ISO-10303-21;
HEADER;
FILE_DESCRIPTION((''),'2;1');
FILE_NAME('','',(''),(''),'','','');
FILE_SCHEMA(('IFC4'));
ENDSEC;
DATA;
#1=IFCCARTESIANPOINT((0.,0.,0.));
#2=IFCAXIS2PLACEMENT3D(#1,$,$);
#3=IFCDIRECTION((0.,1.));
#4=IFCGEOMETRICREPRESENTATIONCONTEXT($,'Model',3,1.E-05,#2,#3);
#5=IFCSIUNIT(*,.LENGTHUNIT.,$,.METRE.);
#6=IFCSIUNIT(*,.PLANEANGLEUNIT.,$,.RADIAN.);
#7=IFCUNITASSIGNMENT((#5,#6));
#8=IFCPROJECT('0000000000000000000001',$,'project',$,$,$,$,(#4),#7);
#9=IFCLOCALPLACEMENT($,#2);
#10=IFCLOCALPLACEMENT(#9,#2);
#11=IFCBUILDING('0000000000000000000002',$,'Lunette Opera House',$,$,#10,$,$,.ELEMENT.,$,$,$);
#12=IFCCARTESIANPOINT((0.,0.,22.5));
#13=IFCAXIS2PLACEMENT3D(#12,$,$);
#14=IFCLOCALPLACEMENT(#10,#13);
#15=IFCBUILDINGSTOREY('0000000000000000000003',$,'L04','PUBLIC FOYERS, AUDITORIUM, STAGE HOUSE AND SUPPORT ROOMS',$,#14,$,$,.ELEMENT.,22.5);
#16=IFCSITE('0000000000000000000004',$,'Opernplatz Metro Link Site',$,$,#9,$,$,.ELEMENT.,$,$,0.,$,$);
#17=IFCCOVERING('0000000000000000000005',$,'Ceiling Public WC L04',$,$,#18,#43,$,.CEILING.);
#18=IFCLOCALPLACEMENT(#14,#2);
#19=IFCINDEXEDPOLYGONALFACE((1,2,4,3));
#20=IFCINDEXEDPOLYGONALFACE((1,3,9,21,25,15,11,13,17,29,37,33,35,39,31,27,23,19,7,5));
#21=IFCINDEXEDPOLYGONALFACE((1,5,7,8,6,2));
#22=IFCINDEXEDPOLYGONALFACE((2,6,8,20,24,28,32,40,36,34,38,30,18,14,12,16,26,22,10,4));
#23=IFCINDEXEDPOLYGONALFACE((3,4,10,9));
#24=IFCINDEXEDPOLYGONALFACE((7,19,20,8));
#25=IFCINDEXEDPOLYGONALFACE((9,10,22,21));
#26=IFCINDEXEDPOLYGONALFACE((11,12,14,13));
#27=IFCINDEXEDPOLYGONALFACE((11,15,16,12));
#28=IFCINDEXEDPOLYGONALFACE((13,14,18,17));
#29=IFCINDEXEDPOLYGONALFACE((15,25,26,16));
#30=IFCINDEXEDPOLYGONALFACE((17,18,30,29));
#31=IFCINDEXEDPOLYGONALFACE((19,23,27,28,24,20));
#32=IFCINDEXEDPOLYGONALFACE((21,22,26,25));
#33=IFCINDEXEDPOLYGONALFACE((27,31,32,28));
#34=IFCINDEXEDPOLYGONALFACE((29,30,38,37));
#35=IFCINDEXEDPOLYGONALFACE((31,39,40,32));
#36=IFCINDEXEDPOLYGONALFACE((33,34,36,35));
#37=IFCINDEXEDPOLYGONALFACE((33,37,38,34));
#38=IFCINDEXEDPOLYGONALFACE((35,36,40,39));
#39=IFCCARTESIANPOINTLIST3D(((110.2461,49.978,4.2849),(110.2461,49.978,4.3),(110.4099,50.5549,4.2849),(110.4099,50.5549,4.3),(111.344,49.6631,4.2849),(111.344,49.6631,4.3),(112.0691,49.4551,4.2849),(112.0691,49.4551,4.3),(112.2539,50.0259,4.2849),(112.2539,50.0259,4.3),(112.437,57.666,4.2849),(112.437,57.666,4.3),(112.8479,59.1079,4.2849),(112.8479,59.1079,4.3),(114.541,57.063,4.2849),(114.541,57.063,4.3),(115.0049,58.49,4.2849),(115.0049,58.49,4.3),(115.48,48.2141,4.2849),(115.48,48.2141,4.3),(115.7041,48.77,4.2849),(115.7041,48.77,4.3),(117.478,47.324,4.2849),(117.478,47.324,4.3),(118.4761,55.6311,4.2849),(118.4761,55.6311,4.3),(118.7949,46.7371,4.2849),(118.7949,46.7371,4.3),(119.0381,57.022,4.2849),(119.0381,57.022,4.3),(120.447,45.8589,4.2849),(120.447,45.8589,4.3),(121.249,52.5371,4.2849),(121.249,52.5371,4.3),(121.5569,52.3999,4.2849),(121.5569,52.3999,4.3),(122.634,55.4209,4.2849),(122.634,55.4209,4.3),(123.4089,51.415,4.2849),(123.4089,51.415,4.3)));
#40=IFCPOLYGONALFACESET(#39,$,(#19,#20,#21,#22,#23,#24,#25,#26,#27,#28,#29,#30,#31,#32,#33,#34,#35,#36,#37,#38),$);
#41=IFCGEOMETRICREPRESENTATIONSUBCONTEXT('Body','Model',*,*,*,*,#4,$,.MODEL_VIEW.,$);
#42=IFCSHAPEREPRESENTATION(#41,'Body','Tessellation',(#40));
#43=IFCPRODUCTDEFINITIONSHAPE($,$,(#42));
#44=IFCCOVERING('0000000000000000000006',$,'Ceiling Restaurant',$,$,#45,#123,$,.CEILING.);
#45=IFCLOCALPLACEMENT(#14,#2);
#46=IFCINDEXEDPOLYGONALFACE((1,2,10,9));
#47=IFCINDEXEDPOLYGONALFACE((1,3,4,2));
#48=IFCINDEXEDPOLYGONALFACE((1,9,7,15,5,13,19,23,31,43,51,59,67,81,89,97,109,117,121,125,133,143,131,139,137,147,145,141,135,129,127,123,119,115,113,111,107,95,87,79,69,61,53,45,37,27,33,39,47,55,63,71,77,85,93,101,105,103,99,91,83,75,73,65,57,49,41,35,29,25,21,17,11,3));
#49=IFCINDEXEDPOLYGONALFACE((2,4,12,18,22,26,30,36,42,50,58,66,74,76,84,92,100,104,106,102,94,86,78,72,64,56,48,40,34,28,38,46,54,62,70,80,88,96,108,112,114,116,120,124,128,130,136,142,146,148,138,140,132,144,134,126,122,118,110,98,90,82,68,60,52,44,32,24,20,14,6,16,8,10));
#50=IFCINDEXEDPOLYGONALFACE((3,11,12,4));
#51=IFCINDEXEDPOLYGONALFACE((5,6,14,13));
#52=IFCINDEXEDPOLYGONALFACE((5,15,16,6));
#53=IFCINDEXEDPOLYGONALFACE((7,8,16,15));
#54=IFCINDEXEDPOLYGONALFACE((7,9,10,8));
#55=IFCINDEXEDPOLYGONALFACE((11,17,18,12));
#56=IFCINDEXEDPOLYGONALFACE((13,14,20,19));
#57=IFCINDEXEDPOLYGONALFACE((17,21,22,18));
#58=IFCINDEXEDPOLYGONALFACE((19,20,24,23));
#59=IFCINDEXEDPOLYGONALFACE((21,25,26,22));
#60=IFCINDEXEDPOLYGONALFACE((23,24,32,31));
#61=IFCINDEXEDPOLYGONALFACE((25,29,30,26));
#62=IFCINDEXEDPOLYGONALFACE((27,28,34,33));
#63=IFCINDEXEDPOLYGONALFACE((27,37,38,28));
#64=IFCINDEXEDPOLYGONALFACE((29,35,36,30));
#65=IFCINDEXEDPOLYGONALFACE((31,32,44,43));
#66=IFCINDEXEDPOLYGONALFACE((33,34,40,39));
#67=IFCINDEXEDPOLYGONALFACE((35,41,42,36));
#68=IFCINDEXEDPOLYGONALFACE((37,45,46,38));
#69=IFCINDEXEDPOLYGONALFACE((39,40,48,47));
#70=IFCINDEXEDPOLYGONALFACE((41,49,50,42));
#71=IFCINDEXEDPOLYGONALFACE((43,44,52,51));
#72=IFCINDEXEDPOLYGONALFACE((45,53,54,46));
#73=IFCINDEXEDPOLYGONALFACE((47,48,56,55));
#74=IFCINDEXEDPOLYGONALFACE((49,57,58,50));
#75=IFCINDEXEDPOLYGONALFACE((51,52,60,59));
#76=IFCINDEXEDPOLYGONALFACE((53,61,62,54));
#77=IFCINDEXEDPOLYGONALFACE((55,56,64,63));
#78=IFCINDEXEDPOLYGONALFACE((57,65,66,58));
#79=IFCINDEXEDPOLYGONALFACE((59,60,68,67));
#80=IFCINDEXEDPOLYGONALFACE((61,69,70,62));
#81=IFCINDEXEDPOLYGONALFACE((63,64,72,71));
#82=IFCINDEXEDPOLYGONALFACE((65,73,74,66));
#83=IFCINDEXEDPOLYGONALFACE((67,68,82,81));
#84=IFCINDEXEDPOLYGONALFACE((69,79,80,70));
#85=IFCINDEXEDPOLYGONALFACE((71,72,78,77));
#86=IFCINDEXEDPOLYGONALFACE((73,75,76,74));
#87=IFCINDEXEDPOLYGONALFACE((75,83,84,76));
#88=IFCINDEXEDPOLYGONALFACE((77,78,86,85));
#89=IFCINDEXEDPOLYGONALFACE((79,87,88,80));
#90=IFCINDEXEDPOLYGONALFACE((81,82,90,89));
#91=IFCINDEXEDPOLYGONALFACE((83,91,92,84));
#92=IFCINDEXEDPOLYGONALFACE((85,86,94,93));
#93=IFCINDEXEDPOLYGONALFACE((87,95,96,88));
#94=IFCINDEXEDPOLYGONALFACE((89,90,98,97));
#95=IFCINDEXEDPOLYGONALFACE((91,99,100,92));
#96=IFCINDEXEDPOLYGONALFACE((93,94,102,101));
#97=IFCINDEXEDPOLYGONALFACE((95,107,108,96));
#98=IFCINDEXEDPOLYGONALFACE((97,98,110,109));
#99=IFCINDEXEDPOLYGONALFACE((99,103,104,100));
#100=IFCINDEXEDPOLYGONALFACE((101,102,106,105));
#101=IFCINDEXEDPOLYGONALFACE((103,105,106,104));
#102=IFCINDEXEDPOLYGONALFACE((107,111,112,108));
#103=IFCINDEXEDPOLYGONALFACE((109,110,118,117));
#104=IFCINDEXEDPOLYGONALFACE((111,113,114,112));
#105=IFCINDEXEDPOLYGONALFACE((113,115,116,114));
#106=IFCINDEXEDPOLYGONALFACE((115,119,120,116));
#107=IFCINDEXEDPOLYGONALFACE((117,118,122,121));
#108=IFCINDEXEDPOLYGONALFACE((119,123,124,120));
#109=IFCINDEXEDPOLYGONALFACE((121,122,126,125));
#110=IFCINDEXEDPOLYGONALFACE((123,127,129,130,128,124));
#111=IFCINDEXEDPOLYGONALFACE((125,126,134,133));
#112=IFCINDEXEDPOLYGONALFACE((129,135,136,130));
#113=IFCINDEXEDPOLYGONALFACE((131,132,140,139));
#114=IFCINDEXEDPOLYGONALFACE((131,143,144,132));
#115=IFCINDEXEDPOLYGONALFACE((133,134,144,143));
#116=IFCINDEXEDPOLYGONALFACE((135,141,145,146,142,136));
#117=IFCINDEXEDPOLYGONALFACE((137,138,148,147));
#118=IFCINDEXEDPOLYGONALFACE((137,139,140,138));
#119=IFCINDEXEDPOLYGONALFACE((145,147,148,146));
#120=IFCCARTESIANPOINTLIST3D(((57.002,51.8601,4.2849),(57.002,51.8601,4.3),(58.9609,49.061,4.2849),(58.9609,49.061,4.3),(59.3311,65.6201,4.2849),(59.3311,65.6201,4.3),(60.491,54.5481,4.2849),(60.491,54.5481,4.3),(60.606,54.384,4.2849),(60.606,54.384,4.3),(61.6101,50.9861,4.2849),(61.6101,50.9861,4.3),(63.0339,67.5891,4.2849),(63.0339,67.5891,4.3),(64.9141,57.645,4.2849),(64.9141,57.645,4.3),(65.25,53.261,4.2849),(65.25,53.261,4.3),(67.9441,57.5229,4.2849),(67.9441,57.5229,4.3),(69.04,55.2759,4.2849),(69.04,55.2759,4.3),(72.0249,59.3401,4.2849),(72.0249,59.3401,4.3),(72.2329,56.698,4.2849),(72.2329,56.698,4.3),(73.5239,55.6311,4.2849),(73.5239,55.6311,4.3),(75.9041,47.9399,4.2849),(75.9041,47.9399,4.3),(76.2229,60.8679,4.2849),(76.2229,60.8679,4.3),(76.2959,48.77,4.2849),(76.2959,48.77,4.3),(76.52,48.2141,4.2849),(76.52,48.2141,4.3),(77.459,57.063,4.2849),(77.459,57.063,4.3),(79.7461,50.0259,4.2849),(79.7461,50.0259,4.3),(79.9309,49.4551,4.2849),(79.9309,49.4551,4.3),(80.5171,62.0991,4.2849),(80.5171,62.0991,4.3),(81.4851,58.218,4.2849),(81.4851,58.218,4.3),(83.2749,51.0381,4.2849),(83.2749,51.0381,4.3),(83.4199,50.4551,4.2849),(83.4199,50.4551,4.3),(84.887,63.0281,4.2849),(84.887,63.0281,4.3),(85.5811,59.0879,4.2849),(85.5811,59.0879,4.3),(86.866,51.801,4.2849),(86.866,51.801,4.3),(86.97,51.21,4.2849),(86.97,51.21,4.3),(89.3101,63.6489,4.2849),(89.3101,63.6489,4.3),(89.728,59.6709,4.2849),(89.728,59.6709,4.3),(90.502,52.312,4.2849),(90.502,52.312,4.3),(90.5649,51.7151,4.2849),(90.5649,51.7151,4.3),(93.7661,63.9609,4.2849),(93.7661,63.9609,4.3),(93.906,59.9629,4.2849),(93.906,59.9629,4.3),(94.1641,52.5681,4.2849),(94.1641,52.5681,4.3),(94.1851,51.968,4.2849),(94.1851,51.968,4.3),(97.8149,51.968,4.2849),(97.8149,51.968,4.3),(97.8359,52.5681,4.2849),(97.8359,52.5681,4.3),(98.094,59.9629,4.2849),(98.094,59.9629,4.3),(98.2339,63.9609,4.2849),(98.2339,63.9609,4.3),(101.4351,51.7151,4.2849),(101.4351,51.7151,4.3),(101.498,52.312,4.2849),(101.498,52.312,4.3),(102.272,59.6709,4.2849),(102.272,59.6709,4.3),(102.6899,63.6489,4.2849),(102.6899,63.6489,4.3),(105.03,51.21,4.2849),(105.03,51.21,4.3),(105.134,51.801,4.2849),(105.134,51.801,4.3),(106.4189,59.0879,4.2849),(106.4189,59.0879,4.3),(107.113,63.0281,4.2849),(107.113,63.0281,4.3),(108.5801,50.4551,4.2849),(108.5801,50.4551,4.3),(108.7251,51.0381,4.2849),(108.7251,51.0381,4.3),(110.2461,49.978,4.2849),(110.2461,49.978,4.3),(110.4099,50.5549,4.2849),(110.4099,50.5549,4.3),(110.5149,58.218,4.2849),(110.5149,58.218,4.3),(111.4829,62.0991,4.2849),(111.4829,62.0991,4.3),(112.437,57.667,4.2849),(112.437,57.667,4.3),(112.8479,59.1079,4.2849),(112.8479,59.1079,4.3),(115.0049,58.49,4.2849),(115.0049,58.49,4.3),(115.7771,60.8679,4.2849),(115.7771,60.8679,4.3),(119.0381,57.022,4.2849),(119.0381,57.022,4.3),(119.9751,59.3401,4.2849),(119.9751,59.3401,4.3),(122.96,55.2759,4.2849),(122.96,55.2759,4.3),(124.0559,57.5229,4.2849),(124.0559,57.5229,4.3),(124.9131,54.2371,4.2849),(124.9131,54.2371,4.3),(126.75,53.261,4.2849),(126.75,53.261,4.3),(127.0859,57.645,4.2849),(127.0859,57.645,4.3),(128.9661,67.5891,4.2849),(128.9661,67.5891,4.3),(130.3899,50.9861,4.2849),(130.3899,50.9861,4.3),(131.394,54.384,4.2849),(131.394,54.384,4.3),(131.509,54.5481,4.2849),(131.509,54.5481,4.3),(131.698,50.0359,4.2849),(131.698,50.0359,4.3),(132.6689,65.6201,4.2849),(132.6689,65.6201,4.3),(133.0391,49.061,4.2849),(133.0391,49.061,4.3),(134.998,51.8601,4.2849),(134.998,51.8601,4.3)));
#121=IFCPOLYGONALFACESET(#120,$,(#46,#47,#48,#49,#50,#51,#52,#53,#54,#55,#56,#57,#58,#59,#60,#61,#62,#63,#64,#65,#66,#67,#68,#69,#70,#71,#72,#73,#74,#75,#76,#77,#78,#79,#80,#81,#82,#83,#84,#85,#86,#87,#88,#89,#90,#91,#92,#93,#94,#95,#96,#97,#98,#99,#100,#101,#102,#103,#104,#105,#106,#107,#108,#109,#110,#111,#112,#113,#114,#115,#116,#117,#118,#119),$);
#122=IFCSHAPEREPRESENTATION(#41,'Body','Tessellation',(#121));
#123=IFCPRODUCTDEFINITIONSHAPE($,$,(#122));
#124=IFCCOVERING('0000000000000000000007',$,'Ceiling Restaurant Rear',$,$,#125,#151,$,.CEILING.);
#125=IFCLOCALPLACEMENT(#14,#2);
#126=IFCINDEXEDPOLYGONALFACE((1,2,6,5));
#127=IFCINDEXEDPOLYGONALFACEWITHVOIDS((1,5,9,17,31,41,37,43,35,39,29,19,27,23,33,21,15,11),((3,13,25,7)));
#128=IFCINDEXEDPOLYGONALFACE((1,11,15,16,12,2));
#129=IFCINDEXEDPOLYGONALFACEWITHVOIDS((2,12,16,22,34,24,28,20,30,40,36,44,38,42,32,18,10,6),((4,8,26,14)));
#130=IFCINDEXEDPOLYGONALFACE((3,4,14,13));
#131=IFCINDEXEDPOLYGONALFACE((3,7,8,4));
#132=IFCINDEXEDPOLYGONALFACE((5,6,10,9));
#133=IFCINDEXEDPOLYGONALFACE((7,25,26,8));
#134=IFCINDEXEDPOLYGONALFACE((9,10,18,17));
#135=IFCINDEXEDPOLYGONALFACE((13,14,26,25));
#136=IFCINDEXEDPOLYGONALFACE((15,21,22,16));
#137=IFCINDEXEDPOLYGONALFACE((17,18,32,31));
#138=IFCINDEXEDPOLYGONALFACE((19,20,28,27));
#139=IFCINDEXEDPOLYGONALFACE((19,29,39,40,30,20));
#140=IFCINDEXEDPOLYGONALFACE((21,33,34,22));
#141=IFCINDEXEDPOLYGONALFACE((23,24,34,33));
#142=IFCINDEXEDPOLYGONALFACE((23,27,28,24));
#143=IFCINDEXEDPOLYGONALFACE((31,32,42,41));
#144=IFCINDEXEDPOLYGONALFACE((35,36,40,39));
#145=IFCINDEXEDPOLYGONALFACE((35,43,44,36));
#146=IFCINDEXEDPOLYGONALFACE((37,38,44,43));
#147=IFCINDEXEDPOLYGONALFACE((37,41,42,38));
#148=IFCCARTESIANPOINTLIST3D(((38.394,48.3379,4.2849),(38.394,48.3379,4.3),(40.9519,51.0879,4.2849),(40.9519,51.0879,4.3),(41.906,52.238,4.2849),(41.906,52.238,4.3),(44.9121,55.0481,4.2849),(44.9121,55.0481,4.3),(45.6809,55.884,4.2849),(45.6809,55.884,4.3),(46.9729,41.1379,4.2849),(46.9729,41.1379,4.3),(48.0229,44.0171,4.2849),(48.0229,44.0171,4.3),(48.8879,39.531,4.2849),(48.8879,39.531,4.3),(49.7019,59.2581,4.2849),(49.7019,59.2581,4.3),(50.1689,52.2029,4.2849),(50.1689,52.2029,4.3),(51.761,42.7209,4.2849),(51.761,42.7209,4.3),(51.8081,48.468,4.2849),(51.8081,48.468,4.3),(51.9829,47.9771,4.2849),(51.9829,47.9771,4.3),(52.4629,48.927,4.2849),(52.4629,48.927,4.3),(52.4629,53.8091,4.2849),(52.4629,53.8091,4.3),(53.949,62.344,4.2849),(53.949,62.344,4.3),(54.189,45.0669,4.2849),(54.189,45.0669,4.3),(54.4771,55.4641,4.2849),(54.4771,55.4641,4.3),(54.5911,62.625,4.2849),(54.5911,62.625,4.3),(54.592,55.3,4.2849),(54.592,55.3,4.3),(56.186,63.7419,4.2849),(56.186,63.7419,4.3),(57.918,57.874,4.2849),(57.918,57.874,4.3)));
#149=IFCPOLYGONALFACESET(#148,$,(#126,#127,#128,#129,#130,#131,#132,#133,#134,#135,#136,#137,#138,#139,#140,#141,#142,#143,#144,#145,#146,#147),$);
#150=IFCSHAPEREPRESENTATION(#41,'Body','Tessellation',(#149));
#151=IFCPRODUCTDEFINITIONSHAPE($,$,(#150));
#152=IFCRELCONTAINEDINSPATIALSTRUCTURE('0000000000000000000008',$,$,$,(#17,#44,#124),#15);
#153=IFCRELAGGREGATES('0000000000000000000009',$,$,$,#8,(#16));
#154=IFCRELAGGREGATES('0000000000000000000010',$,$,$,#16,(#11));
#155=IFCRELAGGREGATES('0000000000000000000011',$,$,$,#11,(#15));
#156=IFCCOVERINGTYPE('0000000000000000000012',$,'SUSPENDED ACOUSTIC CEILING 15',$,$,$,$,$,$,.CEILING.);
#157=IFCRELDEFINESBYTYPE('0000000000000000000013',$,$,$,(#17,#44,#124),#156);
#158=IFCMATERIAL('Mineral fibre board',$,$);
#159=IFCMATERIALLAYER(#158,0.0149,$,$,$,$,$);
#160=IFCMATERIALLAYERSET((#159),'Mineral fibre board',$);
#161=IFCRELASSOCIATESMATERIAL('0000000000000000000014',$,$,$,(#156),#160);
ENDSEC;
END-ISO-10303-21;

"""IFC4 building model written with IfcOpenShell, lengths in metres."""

from ifc_helpers import new_model, si_unit, direction, frame, origin, place, context, subcontext, project, spatial, polyline, outline, extrude, material, layer, layer_set, type_object, element, save


model = new_model("IFC4")

# Units and contexts
model_context = context("Model", 3, precision=1e-05, world=origin(), true_north=direction((0.0, 1.0)))
body_context = subcontext(model_context, "Body", "Model", "MODEL_VIEW")
ifc_project = project(units=[si_unit("LENGTHUNIT", "METRE"), si_unit("PLANEANGLEUNIT", "RADIAN")], contexts=[model_context])

# Site, building, storey
site_placement = place(None, origin())
site = spatial("IfcSite", under=ifc_project, at=site_placement, Name="Opernplatz Metro Link Site", CompositionType="ELEMENT", RefElevation=0.0)
building_placement = place(site_placement, origin())
building = spatial("IfcBuilding", under=site, at=building_placement, Name="Lunette Opera House", CompositionType="ELEMENT")
storey_placement = place(building_placement, frame((0.0, 0.0, 22.5)))
storey = spatial("IfcBuildingStorey", under=building, at=storey_placement, Name="L04", Description="PUBLIC FOYERS, AUDITORIUM, STAGE HOUSE AND SUPPORT ROOMS", CompositionType="ELEMENT", Elevation=22.5)

# Coverings
ifc_material_1 = material(Name="Mineral fibre board")
ifc_layer_1 = layer(ifc_material_1, 0.0149)
ifc_layer_set_1 = layer_set([ifc_layer_1], Name="Mineral fibre board")
covering_type_1 = type_object("IfcCoveringType", Name="SUSPENDED ACOUSTIC CEILING 15", PredefinedType="CEILING", material=ifc_layer_set_1)
covering_1_placement = place(storey_placement, frame((0.0, 0.0, 4.2849)))
element("IfcCovering", 1, at=covering_1_placement, inside=storey, type_object=covering_type_1, Name="Ceiling Public WC L04", PredefinedType="CEILING", context=body_context, shape_type="SweptSolid", body=[
    extrude(outline(polyline([(112.0691, 49.4551), (111.344, 49.6631), (110.2461, 49.978), (110.4099, 50.5549), (112.2539, 50.0259), (115.7041, 48.77), (118.4761, 55.6311), (114.541, 57.063), (112.437, 57.666), (112.8479, 59.1079), (115.0049, 58.49), (119.0381, 57.022), (122.634, 55.4209), (121.249, 52.5371), (121.5569, 52.3999), (123.4089, 51.415), (120.447, 45.8589), (118.7949, 46.7371), (117.478, 47.324), (115.48, 48.2141), (112.0691, 49.4551)])), origin(), (0.0, 0.0, 1.0), 0.0151),
])
covering_2_placement = place(storey_placement, frame((0.0, 0.0, 4.2849)))
element("IfcCovering", 2, at=covering_2_placement, inside=storey, type_object=covering_type_1, Name="Ceiling Restaurant", PredefinedType="CEILING", context=body_context, shape_type="SweptSolid", body=[
    extrude(outline(polyline([(111.4829, 62.0991), (115.7771, 60.8679), (119.9751, 59.3401), (124.0559, 57.5229), (128.9661, 67.5891), (132.6689, 65.6201), (127.0859, 57.645), (131.509, 54.5481), (131.394, 54.384), (134.998, 51.8601), (133.0391, 49.061), (131.698, 50.0359), (130.3899, 50.9861), (126.75, 53.261), (124.9131, 54.2371), (122.96, 55.2759), (119.0381, 57.022), (115.0049, 58.49), (112.8479, 59.1079), (112.437, 57.667), (110.5149, 58.218), (106.4189, 59.0879), (102.272, 59.6709), (98.094, 59.9629), (93.906, 59.9629), (89.728, 59.6709), (85.5811, 59.0879), (81.4851, 58.218), (77.459, 57.063), (73.5239, 55.6311), (76.2959, 48.77), (79.7461, 50.0259), (83.2749, 51.0381), (86.866, 51.801), (90.502, 52.312), (94.1641, 52.5681), (97.8359, 52.5681), (101.498, 52.312), (105.134, 51.801), (108.7251, 51.0381), (110.4099, 50.5549), (110.2461, 49.978), (108.5801, 50.4551), (105.03, 51.21), (101.4351, 51.7151), (97.8149, 51.968), (94.1851, 51.968), (90.5649, 51.7151), (86.97, 51.21), (83.4199, 50.4551), (79.9309, 49.4551), (76.52, 48.2141), (75.9041, 47.9399), (72.2329, 56.698), (69.04, 55.2759), (65.25, 53.261), (61.6101, 50.9861), (58.9609, 49.061), (57.002, 51.8601), (60.606, 54.384), (60.491, 54.5481), (64.9141, 57.645), (59.3311, 65.6201), (63.0339, 67.5891), (67.9441, 57.5229), (72.0249, 59.3401), (76.2229, 60.8679), (80.5171, 62.0991), (84.887, 63.0281), (89.3101, 63.6489), (93.7661, 63.9609), (98.2339, 63.9609), (102.6899, 63.6489), (107.113, 63.0281), (111.4829, 62.0991)])), origin(), (0.0, 0.0, 1.0), 0.0151),
])
covering_3_placement = place(storey_placement, frame((0.0, 0.0, 4.2849)))
element("IfcCovering", 3, at=covering_3_placement, inside=storey, type_object=covering_type_1, Name="Ceiling Restaurant Rear", PredefinedType="CEILING", context=body_context, shape_type="SweptSolid", body=[
    extrude(outline(polyline([(51.8081, 48.468), (54.189, 45.0669), (51.761, 42.7209), (48.8879, 39.531), (46.9729, 41.1379), (38.394, 48.3379), (41.906, 52.238), (45.6809, 55.884), (49.7019, 59.2581), (53.949, 62.344), (56.186, 63.7419), (54.5911, 62.625), (57.918, 57.874), (54.4771, 55.4641), (54.592, 55.3), (52.4629, 53.8091), (50.1689, 52.2029), (52.4629, 48.927), (51.8081, 48.468)]), holes=[polyline([(51.9829, 47.9771), (44.9121, 55.0481), (40.9519, 51.0879), (48.0229, 44.0171), (51.9829, 47.9771)])]), origin(), (0.0, 0.0, 1.0), 0.0151),
])

save(model, "model.ifc")
